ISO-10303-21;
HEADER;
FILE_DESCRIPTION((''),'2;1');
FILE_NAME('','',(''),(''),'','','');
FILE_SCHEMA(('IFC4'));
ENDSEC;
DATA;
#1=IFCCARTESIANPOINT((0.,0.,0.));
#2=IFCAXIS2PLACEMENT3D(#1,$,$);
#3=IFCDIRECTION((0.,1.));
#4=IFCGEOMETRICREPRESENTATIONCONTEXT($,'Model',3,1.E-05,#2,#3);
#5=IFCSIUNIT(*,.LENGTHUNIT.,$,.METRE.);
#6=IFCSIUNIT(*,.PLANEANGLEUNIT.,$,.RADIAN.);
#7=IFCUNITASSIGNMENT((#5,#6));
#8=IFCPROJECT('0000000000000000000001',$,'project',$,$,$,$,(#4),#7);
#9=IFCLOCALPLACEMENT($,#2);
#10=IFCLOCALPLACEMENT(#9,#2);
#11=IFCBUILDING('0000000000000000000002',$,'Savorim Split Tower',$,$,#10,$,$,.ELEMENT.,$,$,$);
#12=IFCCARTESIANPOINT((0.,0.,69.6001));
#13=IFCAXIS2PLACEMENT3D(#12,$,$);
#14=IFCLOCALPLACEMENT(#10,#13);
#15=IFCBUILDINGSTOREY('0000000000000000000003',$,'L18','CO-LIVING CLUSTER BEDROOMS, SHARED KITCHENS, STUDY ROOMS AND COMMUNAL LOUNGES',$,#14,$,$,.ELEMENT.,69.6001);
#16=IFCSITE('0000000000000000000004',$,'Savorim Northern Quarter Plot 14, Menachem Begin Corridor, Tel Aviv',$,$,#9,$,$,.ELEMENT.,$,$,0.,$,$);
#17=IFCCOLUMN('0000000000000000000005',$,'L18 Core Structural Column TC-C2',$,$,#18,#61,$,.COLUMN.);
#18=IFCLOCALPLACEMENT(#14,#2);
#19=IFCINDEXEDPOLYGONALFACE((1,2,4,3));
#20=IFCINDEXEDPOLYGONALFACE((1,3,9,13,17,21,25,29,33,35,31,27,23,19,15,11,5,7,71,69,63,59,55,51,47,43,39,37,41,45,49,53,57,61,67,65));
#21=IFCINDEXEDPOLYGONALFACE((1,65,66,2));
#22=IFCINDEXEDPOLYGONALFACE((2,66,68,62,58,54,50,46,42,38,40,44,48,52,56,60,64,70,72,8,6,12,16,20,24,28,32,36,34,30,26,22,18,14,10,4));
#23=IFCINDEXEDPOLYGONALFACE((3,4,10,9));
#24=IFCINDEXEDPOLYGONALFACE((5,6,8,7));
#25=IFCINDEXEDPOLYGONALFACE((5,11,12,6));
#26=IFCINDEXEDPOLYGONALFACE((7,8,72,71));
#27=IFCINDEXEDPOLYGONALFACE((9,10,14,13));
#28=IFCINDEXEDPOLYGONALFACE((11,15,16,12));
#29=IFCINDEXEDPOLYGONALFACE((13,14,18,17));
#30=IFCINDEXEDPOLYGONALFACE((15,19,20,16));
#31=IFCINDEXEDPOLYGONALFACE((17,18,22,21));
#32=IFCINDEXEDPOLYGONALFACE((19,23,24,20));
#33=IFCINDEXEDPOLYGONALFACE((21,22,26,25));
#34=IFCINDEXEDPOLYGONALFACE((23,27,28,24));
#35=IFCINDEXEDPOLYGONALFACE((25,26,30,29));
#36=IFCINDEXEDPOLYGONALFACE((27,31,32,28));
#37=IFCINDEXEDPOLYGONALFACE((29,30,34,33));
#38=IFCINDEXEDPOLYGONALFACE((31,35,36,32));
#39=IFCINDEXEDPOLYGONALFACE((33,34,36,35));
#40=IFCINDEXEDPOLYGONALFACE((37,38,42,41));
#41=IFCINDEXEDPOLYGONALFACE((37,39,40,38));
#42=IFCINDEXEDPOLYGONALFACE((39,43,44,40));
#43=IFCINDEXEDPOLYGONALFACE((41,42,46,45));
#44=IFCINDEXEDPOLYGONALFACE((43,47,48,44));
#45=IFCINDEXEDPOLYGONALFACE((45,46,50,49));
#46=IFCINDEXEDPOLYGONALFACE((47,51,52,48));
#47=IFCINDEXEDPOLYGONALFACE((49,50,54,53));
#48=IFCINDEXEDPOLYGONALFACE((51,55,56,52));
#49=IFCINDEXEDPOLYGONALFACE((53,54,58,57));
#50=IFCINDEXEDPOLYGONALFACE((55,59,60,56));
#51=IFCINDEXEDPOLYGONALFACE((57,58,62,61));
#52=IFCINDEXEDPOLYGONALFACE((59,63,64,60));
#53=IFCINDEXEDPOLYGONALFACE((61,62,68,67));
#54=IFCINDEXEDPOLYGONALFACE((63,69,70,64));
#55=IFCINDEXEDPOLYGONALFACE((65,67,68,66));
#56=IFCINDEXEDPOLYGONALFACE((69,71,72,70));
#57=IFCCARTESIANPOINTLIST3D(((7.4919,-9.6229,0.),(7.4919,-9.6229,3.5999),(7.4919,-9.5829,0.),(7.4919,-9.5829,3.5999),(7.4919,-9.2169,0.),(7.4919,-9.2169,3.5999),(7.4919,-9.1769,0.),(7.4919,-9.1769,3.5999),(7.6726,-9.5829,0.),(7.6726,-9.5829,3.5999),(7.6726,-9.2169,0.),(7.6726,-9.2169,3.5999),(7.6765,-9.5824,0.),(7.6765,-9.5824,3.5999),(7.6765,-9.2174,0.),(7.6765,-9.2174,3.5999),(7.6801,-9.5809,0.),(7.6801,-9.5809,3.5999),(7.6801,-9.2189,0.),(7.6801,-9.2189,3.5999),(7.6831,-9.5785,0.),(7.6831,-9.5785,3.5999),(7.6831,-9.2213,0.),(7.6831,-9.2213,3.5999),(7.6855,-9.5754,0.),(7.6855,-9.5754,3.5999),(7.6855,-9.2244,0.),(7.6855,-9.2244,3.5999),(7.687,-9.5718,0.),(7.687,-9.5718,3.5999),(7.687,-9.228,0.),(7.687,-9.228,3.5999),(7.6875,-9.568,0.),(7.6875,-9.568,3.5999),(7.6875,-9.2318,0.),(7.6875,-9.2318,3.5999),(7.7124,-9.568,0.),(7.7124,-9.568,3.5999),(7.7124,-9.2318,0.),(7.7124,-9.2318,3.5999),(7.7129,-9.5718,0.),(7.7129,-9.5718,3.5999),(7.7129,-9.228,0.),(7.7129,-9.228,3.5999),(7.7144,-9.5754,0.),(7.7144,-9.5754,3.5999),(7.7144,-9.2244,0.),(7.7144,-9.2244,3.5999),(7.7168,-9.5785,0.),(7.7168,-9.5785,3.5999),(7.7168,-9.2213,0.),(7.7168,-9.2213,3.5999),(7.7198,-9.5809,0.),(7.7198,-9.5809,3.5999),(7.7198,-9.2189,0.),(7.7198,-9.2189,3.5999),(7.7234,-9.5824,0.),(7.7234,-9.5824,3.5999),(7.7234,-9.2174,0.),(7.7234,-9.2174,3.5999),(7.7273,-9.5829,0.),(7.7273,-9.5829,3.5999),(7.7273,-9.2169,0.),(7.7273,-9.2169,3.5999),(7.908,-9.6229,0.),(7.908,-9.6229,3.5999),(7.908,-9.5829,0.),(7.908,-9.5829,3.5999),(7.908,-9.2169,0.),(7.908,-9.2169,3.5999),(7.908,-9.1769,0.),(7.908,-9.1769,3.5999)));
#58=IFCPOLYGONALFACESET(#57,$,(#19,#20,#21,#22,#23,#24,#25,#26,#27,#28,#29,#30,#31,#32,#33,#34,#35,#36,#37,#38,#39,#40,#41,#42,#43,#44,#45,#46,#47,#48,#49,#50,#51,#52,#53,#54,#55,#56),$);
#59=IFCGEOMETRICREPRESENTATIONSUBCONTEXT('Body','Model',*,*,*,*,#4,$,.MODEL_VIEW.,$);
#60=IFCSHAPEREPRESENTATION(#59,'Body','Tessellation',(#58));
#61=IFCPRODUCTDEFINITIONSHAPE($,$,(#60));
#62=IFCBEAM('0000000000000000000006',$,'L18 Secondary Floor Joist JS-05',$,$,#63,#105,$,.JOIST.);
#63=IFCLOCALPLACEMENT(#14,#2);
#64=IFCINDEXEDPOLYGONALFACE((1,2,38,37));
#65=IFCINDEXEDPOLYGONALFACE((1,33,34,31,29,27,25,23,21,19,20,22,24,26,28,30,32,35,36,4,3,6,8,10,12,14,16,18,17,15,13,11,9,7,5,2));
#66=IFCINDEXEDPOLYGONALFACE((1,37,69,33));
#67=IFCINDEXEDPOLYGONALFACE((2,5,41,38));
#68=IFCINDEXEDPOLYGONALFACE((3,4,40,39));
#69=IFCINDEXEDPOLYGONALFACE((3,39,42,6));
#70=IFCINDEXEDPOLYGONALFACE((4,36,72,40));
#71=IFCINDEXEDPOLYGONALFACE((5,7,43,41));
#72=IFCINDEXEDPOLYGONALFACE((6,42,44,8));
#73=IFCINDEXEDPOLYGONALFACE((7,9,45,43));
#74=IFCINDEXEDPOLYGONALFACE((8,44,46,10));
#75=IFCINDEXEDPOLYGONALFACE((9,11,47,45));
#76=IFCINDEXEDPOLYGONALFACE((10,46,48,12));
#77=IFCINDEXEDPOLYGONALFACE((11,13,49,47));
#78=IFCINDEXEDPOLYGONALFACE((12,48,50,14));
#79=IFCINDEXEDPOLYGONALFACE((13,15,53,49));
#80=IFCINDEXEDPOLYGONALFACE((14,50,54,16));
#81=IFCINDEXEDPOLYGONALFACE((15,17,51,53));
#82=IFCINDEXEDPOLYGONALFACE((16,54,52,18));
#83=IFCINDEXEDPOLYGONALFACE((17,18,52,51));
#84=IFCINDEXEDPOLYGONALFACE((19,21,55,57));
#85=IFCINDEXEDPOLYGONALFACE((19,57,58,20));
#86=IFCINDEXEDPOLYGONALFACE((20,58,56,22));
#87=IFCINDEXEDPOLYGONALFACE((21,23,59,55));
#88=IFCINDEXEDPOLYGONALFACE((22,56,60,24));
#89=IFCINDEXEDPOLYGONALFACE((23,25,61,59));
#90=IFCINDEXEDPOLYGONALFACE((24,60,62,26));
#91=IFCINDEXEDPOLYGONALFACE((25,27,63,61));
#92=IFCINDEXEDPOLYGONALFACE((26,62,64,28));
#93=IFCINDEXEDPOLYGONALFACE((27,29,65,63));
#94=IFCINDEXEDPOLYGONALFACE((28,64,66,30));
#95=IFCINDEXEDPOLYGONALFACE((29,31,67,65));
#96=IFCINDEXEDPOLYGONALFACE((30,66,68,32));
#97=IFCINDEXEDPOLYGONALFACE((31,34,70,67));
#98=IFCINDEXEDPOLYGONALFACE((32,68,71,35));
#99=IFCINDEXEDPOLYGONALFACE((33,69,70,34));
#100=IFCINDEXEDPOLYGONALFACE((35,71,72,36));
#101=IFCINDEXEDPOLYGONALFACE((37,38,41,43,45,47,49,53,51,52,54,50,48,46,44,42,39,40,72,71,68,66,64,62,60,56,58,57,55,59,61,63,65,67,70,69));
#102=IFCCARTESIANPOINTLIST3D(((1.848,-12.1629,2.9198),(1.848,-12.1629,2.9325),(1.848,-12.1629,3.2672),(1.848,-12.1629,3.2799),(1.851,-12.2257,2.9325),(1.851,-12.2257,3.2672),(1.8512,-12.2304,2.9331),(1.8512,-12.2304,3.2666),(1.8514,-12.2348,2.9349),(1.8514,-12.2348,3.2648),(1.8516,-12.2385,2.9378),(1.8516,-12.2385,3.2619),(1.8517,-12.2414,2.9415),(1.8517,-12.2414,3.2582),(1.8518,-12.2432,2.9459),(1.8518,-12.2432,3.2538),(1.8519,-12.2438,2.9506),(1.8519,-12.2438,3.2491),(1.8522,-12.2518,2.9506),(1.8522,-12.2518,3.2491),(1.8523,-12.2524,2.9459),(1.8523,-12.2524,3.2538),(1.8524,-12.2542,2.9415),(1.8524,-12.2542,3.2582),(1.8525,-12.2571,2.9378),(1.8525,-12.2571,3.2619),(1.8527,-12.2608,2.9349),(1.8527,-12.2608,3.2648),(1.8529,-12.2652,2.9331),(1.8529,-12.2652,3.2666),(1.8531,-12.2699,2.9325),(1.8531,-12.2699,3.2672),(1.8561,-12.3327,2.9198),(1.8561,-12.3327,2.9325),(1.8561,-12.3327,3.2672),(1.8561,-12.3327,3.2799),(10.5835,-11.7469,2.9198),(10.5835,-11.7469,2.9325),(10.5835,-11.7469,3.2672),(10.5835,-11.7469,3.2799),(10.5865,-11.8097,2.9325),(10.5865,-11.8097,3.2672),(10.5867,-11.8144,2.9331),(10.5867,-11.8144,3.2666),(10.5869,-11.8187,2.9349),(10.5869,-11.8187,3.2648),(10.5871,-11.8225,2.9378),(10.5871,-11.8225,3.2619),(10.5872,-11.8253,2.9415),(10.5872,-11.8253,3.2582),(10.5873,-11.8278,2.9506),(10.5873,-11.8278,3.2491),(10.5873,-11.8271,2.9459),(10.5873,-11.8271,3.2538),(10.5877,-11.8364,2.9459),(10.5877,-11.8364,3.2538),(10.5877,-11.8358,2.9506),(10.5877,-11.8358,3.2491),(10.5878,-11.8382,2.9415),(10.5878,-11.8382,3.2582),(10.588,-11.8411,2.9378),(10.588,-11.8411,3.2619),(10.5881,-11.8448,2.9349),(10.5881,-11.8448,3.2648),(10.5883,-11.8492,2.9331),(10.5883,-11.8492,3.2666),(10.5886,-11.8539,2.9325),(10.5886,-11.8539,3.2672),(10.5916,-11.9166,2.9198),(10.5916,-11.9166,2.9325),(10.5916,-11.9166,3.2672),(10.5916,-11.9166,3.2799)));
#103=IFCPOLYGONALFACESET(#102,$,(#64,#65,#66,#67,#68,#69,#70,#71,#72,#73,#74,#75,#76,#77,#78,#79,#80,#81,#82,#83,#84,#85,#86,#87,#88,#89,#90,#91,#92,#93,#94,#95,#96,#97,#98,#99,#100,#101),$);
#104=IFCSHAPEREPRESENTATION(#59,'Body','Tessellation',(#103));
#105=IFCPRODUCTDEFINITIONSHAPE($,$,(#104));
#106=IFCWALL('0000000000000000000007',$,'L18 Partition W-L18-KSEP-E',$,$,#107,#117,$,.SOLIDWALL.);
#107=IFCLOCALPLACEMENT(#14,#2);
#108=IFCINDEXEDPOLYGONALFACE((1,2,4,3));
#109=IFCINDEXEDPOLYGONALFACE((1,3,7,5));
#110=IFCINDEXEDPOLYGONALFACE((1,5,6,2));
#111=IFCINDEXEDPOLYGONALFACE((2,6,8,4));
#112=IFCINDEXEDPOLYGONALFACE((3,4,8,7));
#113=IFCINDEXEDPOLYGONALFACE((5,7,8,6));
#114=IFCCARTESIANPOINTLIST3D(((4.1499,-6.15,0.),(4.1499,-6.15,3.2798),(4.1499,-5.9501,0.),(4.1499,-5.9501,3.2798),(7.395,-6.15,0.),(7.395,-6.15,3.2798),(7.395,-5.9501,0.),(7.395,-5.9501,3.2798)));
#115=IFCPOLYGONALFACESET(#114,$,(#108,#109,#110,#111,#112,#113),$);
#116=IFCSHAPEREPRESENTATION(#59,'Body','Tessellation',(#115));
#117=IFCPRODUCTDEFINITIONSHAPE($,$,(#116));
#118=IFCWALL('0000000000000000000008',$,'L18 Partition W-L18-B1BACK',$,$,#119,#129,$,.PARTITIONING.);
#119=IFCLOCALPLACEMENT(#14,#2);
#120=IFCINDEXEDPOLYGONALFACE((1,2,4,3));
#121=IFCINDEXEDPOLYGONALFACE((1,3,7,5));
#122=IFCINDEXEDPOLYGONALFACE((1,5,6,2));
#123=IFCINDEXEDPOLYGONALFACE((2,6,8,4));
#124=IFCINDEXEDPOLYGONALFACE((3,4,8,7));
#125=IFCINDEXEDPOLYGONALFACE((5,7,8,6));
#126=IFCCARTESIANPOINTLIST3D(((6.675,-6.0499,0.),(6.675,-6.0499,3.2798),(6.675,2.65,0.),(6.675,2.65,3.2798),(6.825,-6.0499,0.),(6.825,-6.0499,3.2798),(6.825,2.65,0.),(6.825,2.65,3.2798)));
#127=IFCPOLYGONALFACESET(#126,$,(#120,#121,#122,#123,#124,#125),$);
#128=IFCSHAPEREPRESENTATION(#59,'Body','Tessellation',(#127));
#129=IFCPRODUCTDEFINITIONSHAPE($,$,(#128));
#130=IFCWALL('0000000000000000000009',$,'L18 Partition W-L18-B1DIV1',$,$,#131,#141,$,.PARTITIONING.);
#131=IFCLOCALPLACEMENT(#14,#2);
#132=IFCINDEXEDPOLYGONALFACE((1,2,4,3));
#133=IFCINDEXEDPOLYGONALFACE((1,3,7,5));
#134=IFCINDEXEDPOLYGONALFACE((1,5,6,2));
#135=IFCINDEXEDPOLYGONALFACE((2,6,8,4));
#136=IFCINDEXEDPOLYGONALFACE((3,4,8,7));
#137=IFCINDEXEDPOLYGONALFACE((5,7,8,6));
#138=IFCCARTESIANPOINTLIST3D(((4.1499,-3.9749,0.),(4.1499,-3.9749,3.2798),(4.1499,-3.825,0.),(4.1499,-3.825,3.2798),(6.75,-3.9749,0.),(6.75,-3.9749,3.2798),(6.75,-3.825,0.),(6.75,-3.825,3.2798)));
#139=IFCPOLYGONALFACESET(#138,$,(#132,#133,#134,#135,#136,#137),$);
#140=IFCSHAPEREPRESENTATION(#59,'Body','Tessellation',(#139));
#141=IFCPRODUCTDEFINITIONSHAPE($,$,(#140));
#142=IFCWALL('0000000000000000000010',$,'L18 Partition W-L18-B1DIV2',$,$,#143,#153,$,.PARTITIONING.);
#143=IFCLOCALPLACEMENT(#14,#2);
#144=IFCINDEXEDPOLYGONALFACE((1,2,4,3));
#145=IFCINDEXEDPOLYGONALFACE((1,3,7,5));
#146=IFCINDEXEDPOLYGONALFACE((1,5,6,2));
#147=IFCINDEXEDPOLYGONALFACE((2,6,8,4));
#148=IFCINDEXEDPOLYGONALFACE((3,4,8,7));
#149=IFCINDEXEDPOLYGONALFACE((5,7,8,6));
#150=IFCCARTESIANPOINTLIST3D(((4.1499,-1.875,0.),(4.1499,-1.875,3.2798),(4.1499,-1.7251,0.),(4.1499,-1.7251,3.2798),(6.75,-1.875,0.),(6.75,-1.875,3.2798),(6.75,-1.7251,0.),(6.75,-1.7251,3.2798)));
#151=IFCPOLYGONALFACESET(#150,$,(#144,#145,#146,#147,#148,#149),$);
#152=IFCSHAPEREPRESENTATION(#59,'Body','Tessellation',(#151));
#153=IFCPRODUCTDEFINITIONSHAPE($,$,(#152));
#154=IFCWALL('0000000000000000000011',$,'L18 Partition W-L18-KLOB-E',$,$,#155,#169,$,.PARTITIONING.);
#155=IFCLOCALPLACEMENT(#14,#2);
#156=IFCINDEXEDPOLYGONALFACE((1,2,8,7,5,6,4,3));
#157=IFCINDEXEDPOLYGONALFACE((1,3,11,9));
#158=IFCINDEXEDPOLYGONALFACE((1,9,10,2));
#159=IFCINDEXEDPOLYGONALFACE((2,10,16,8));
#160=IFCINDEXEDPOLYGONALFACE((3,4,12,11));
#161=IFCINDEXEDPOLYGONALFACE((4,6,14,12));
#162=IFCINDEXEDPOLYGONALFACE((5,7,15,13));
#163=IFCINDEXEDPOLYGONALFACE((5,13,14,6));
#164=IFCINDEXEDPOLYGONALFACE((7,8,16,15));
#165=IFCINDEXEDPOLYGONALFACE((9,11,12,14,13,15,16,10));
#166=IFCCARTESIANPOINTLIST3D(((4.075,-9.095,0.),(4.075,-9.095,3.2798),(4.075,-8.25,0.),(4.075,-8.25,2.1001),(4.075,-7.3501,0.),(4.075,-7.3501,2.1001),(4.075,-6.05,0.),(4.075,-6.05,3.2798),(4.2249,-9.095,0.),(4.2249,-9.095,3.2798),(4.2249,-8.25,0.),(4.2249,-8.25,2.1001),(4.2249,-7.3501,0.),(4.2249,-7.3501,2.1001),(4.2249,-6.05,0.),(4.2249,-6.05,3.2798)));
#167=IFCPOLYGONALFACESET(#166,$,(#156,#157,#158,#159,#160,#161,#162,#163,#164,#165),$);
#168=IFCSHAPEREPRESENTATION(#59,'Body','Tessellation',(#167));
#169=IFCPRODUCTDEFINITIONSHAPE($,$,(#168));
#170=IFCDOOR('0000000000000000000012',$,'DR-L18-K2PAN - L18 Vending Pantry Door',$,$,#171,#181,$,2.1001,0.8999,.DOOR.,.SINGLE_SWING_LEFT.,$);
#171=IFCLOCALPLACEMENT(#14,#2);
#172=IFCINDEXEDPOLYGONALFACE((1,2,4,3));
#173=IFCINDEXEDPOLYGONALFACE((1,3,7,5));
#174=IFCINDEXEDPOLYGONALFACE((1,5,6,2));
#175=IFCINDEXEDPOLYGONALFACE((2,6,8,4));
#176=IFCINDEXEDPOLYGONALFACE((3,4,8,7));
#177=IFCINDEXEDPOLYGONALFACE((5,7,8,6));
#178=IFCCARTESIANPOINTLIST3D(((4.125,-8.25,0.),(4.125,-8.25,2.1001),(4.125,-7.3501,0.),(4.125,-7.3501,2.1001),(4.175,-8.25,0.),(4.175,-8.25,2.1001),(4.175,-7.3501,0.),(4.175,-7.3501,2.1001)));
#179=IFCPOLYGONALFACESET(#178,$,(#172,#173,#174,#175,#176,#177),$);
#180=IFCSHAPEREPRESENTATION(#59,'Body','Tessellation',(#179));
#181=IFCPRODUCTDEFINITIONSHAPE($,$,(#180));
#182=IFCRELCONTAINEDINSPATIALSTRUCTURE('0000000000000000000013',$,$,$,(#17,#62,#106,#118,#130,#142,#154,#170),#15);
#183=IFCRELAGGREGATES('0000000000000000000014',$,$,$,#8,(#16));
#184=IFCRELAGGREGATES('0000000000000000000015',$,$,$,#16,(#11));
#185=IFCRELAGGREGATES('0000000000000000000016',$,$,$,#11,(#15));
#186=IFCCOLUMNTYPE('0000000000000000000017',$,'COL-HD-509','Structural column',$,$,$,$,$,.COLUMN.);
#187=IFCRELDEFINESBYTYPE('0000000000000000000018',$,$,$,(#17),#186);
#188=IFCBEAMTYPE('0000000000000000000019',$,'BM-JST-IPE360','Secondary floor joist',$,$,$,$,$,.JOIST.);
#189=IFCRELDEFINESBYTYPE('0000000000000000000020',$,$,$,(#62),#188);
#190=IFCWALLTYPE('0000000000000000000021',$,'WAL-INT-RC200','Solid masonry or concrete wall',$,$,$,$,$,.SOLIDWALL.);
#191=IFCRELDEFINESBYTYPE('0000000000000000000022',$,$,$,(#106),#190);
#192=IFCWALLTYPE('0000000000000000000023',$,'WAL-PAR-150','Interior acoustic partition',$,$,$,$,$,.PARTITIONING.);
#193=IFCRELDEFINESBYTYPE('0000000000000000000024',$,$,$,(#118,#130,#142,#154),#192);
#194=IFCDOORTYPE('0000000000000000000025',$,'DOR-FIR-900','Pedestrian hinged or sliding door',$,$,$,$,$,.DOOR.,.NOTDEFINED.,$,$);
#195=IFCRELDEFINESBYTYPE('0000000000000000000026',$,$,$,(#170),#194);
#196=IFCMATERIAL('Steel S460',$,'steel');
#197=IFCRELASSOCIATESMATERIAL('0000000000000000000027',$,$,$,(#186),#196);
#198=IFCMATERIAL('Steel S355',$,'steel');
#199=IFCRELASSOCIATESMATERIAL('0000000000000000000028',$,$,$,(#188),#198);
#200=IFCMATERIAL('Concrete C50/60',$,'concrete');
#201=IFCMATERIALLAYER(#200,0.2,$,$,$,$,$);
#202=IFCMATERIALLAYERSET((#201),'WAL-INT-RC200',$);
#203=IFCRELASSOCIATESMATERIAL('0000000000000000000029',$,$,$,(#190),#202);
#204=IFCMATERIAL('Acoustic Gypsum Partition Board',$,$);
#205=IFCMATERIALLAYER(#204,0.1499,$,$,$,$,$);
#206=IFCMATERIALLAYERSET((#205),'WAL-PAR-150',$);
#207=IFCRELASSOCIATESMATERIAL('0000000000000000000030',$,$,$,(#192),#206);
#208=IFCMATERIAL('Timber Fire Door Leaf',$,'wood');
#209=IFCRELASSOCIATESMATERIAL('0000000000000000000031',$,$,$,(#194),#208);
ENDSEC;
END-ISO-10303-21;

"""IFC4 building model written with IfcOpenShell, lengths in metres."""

from ifc_helpers import new_model, si_unit, direction, frame, frame_2d, origin, origin_2d, place, context, subcontext, project, spatial, rectangle, i_section, extrude, material, layer, layer_set, material_profile, profile_set, type_object, element, fill, save


model = new_model("IFC4")

# Units and contexts
model_context = context("Model", 3, precision=1e-05, world=origin(), true_north=direction((0.0, 1.0)))
body_context = subcontext(model_context, "Body", "Model", "MODEL_VIEW")
ifc_project = project(units=[si_unit("LENGTHUNIT", "METRE"), si_unit("PLANEANGLEUNIT", "RADIAN")], contexts=[model_context])

# Site, building, storey
site_placement = place(None, origin())
site = spatial("IfcSite", under=ifc_project, at=site_placement, Name="Savorim Northern Quarter Plot 14, Menachem Begin Corridor, Tel Aviv", CompositionType="ELEMENT", RefElevation=0.0)
building_placement = place(site_placement, origin())
building = spatial("IfcBuilding", under=site, at=building_placement, Name="Savorim Split Tower", CompositionType="ELEMENT")
storey_placement = place(building_placement, frame((0.0, 0.0, 69.6001)))
storey = spatial("IfcBuildingStorey", under=building, at=storey_placement, Name="L18", Description="CO-LIVING CLUSTER BEDROOMS, SHARED KITCHENS, STUDY ROOMS AND COMMUNAL LOUNGES", CompositionType="ELEMENT", Elevation=69.6001)

# Column
ifc_material_1 = material(Name="Steel S460", Category="steel")
ifc_material_profile_1 = material_profile(ifc_material_1, i_section(OverallWidth=0.416, OverallDepth=0.446, WebThickness=0.0249, FlangeThickness=0.04, FilletRadius=0.0149, at=origin_2d()), Name="HD 400x509")
ifc_profile_set_1 = profile_set([ifc_material_profile_1], Name="Steel S460")
column_type = type_object("IfcColumnType", Name="COL-HD-509", Description="Structural column", PredefinedType="COLUMN", material=ifc_profile_set_1)
column_placement = place(storey_placement, frame((7.7, -9.3999, 0.0), z_axis=(0.0, 0.0, 1.0), x_axis=(1.0, 0.0, 0.0)))
element("IfcColumn", 1, at=column_placement, inside=storey, type_object=column_type, Name="L18 Core Structural Column TC-C2", PredefinedType="COLUMN", context=body_context, shape_type="SweptSolid", body=[
    extrude(i_section(OverallWidth=0.416, OverallDepth=0.446, WebThickness=0.0249, FlangeThickness=0.04, FilletRadius=0.0149, at=origin_2d()), origin(), (0.0, 0.0, 1.0), 3.5999),
])

# Beam
ifc_material_2 = material(Name="Steel S355", Category="steel")
ifc_material_profile_2 = material_profile(ifc_material_2, i_section(OverallWidth=0.1699, OverallDepth=0.3601, WebThickness=0.0081, FlangeThickness=0.0127, FilletRadius=0.0181, at=origin_2d()), Name="IPE 360")
ifc_profile_set_2 = profile_set([ifc_material_profile_2], Name="Steel S355")
beam_type = type_object("IfcBeamType", Name="BM-JST-IPE360", Description="Secondary floor joist", PredefinedType="JOIST", material=ifc_profile_set_2)
beam_placement = place(storey_placement, frame((1.8521, -12.2478, 3.0999), z_axis=(0.998868, 0.04757, 0.0), x_axis=(-0.04757, 0.998868, 0.0)))
element("IfcBeam", 2, at=beam_placement, inside=storey, type_object=beam_type, Name="L18 Secondary Floor Joist JS-05", PredefinedType="JOIST", context=body_context, shape_type="SweptSolid", body=[
    extrude(i_section(OverallWidth=0.1699, OverallDepth=0.3601, WebThickness=0.0081, FlangeThickness=0.0127, FilletRadius=0.0181, at=origin_2d()), origin(), (0.0, 0.0, 1.0), 8.7454),
])

# Shared definitions
ifc_material_3 = material(Name="Concrete C50/60", Category="concrete")
ifc_layer_1 = layer(ifc_material_3, 0.2)
ifc_layer_set_1 = layer_set([ifc_layer_1], Name="WAL-INT-RC200")
wall_type_1 = type_object("IfcWallType", Name="WAL-INT-RC200", Description="Solid masonry or concrete wall", PredefinedType="SOLIDWALL", material=ifc_layer_set_1)

# Walls
wall_1_placement = place(storey_placement, frame((4.1499, -6.05, 0.0), z_axis=(0.0, 0.0, 1.0), x_axis=(1.0, 0.0, 0.0)))
element("IfcWall", 3, at=wall_1_placement, inside=storey, type_object=wall_type_1, Name="L18 Partition W-L18-KSEP-E", PredefinedType="SOLIDWALL", context=body_context, shape_type="SweptSolid", body=[
    extrude(rectangle(XDim=3.2451, YDim=0.2, at=frame_2d((1.6226, 0.0))), origin(), (0.0, 0.0, 1.0), 3.2798),
])
ifc_material_4 = material(Name="Acoustic Gypsum Partition Board")
ifc_layer_2 = layer(ifc_material_4, 0.1499)
ifc_layer_set_2 = layer_set([ifc_layer_2], Name="WAL-PAR-150")
wall_type_2 = type_object("IfcWallType", Name="WAL-PAR-150", Description="Interior acoustic partition", PredefinedType="PARTITIONING", material=ifc_layer_set_2)
wall_2_placement = place(storey_placement, frame((6.75, -6.05, 0.0), z_axis=(0.0, 0.0, 1.0), x_axis=(0.0, 1.0, 0.0)))
element("IfcWall", 4, at=wall_2_placement, inside=storey, type_object=wall_type_2, Name="L18 Partition W-L18-B1BACK", PredefinedType="PARTITIONING", context=body_context, shape_type="SweptSolid", body=[
    extrude(rectangle(XDim=8.7, YDim=0.1499, at=frame_2d((4.3501, 0.0))), origin(), (0.0, 0.0, 1.0), 3.2798),
])
for number, where, z_axis, x_axis, name in (
    (5, (4.1499, -3.8999, 0.0), (0.0, 0.0, 1.0), (1.0, 0.0, 0.0), "L18 Partition W-L18-B1DIV1"),
    (6, (4.1499, -1.8, 0.0), (0.0, 0.0, 1.0), (1.0, 0.0, 0.0), "L18 Partition W-L18-B1DIV2"),
):
    element("IfcWall", number, at=place(storey_placement, frame(where, z_axis=z_axis, x_axis=x_axis)), inside=storey, type_object=wall_type_2, Name=name, PredefinedType="PARTITIONING", context=body_context, shape_type="SweptSolid", body=[
        extrude(rectangle(XDim=2.6001, YDim=0.1499, at=frame_2d((1.3, 0.0))), origin(), (0.0, 0.0, 1.0), 3.2798),
    ])

# Wall, opening, door
wall_3_placement = place(storey_placement, frame((4.1499, -9.095, 0.0), z_axis=(0.0, 0.0, 1.0), x_axis=(0.0, 1.0, 0.0)))
wall_3 = element("IfcWall", 7, at=wall_3_placement, inside=storey, type_object=wall_type_2, Name="L18 Partition W-L18-KLOB-E", PredefinedType="PARTITIONING", context=body_context, shape_type="SweptSolid", body=[
    extrude(rectangle(XDim=3.0449, YDim=0.1499, at=frame_2d((1.5225, 0.0))), origin(), (0.0, 0.0, 1.0), 3.2798),
])
opening_1_placement = place(wall_3_placement, frame((0.845, 0.0, 0.0)))
opening_1 = element("IfcOpeningElement", 8, at=opening_1_placement, cuts=wall_3, PredefinedType="OPENING", context=body_context, shape_type="SweptSolid", body=[
    extrude(rectangle(XDim=0.8999, YDim=2.1001, at=frame_2d((0.45, 1.05))), frame((0.0, 0.085, 0.0), z_axis=(0.0, -1.0, 0.0), x_axis=(1.0, 0.0, 0.0)), (0.0, 0.0, 1.0), 0.1699),
])
ifc_material_5 = material(Name="Timber Fire Door Leaf", Category="wood")
door_type_1 = type_object("IfcDoorType", Name="DOR-FIR-900", Description="Pedestrian hinged or sliding door", OperationType="NOTDEFINED", PredefinedType="DOOR", material=ifc_material_5)
door_1_placement = place(opening_1_placement, origin())
door_1 = element("IfcDoor", 9, at=door_1_placement, inside=storey, type_object=door_type_1, Name="DR-L18-K2PAN - L18 Vending Pantry Door", OperationType="SINGLE_SWING_LEFT", OverallHeight=2.1001, OverallWidth=0.8999, PredefinedType="DOOR", context=body_context, shape_type="SweptSolid", body=[
    extrude(rectangle(XDim=0.8999, YDim=2.1001, at=frame_2d((0.45, 1.05))), frame((0.0, 0.0249, 0.0), z_axis=(0.0, -1.0, 0.0), x_axis=(1.0, 0.0, 0.0)), (0.0, 0.0, 1.0), 0.05),
])
fill(opening_1, door_1)

save(model, "model.ifc")
